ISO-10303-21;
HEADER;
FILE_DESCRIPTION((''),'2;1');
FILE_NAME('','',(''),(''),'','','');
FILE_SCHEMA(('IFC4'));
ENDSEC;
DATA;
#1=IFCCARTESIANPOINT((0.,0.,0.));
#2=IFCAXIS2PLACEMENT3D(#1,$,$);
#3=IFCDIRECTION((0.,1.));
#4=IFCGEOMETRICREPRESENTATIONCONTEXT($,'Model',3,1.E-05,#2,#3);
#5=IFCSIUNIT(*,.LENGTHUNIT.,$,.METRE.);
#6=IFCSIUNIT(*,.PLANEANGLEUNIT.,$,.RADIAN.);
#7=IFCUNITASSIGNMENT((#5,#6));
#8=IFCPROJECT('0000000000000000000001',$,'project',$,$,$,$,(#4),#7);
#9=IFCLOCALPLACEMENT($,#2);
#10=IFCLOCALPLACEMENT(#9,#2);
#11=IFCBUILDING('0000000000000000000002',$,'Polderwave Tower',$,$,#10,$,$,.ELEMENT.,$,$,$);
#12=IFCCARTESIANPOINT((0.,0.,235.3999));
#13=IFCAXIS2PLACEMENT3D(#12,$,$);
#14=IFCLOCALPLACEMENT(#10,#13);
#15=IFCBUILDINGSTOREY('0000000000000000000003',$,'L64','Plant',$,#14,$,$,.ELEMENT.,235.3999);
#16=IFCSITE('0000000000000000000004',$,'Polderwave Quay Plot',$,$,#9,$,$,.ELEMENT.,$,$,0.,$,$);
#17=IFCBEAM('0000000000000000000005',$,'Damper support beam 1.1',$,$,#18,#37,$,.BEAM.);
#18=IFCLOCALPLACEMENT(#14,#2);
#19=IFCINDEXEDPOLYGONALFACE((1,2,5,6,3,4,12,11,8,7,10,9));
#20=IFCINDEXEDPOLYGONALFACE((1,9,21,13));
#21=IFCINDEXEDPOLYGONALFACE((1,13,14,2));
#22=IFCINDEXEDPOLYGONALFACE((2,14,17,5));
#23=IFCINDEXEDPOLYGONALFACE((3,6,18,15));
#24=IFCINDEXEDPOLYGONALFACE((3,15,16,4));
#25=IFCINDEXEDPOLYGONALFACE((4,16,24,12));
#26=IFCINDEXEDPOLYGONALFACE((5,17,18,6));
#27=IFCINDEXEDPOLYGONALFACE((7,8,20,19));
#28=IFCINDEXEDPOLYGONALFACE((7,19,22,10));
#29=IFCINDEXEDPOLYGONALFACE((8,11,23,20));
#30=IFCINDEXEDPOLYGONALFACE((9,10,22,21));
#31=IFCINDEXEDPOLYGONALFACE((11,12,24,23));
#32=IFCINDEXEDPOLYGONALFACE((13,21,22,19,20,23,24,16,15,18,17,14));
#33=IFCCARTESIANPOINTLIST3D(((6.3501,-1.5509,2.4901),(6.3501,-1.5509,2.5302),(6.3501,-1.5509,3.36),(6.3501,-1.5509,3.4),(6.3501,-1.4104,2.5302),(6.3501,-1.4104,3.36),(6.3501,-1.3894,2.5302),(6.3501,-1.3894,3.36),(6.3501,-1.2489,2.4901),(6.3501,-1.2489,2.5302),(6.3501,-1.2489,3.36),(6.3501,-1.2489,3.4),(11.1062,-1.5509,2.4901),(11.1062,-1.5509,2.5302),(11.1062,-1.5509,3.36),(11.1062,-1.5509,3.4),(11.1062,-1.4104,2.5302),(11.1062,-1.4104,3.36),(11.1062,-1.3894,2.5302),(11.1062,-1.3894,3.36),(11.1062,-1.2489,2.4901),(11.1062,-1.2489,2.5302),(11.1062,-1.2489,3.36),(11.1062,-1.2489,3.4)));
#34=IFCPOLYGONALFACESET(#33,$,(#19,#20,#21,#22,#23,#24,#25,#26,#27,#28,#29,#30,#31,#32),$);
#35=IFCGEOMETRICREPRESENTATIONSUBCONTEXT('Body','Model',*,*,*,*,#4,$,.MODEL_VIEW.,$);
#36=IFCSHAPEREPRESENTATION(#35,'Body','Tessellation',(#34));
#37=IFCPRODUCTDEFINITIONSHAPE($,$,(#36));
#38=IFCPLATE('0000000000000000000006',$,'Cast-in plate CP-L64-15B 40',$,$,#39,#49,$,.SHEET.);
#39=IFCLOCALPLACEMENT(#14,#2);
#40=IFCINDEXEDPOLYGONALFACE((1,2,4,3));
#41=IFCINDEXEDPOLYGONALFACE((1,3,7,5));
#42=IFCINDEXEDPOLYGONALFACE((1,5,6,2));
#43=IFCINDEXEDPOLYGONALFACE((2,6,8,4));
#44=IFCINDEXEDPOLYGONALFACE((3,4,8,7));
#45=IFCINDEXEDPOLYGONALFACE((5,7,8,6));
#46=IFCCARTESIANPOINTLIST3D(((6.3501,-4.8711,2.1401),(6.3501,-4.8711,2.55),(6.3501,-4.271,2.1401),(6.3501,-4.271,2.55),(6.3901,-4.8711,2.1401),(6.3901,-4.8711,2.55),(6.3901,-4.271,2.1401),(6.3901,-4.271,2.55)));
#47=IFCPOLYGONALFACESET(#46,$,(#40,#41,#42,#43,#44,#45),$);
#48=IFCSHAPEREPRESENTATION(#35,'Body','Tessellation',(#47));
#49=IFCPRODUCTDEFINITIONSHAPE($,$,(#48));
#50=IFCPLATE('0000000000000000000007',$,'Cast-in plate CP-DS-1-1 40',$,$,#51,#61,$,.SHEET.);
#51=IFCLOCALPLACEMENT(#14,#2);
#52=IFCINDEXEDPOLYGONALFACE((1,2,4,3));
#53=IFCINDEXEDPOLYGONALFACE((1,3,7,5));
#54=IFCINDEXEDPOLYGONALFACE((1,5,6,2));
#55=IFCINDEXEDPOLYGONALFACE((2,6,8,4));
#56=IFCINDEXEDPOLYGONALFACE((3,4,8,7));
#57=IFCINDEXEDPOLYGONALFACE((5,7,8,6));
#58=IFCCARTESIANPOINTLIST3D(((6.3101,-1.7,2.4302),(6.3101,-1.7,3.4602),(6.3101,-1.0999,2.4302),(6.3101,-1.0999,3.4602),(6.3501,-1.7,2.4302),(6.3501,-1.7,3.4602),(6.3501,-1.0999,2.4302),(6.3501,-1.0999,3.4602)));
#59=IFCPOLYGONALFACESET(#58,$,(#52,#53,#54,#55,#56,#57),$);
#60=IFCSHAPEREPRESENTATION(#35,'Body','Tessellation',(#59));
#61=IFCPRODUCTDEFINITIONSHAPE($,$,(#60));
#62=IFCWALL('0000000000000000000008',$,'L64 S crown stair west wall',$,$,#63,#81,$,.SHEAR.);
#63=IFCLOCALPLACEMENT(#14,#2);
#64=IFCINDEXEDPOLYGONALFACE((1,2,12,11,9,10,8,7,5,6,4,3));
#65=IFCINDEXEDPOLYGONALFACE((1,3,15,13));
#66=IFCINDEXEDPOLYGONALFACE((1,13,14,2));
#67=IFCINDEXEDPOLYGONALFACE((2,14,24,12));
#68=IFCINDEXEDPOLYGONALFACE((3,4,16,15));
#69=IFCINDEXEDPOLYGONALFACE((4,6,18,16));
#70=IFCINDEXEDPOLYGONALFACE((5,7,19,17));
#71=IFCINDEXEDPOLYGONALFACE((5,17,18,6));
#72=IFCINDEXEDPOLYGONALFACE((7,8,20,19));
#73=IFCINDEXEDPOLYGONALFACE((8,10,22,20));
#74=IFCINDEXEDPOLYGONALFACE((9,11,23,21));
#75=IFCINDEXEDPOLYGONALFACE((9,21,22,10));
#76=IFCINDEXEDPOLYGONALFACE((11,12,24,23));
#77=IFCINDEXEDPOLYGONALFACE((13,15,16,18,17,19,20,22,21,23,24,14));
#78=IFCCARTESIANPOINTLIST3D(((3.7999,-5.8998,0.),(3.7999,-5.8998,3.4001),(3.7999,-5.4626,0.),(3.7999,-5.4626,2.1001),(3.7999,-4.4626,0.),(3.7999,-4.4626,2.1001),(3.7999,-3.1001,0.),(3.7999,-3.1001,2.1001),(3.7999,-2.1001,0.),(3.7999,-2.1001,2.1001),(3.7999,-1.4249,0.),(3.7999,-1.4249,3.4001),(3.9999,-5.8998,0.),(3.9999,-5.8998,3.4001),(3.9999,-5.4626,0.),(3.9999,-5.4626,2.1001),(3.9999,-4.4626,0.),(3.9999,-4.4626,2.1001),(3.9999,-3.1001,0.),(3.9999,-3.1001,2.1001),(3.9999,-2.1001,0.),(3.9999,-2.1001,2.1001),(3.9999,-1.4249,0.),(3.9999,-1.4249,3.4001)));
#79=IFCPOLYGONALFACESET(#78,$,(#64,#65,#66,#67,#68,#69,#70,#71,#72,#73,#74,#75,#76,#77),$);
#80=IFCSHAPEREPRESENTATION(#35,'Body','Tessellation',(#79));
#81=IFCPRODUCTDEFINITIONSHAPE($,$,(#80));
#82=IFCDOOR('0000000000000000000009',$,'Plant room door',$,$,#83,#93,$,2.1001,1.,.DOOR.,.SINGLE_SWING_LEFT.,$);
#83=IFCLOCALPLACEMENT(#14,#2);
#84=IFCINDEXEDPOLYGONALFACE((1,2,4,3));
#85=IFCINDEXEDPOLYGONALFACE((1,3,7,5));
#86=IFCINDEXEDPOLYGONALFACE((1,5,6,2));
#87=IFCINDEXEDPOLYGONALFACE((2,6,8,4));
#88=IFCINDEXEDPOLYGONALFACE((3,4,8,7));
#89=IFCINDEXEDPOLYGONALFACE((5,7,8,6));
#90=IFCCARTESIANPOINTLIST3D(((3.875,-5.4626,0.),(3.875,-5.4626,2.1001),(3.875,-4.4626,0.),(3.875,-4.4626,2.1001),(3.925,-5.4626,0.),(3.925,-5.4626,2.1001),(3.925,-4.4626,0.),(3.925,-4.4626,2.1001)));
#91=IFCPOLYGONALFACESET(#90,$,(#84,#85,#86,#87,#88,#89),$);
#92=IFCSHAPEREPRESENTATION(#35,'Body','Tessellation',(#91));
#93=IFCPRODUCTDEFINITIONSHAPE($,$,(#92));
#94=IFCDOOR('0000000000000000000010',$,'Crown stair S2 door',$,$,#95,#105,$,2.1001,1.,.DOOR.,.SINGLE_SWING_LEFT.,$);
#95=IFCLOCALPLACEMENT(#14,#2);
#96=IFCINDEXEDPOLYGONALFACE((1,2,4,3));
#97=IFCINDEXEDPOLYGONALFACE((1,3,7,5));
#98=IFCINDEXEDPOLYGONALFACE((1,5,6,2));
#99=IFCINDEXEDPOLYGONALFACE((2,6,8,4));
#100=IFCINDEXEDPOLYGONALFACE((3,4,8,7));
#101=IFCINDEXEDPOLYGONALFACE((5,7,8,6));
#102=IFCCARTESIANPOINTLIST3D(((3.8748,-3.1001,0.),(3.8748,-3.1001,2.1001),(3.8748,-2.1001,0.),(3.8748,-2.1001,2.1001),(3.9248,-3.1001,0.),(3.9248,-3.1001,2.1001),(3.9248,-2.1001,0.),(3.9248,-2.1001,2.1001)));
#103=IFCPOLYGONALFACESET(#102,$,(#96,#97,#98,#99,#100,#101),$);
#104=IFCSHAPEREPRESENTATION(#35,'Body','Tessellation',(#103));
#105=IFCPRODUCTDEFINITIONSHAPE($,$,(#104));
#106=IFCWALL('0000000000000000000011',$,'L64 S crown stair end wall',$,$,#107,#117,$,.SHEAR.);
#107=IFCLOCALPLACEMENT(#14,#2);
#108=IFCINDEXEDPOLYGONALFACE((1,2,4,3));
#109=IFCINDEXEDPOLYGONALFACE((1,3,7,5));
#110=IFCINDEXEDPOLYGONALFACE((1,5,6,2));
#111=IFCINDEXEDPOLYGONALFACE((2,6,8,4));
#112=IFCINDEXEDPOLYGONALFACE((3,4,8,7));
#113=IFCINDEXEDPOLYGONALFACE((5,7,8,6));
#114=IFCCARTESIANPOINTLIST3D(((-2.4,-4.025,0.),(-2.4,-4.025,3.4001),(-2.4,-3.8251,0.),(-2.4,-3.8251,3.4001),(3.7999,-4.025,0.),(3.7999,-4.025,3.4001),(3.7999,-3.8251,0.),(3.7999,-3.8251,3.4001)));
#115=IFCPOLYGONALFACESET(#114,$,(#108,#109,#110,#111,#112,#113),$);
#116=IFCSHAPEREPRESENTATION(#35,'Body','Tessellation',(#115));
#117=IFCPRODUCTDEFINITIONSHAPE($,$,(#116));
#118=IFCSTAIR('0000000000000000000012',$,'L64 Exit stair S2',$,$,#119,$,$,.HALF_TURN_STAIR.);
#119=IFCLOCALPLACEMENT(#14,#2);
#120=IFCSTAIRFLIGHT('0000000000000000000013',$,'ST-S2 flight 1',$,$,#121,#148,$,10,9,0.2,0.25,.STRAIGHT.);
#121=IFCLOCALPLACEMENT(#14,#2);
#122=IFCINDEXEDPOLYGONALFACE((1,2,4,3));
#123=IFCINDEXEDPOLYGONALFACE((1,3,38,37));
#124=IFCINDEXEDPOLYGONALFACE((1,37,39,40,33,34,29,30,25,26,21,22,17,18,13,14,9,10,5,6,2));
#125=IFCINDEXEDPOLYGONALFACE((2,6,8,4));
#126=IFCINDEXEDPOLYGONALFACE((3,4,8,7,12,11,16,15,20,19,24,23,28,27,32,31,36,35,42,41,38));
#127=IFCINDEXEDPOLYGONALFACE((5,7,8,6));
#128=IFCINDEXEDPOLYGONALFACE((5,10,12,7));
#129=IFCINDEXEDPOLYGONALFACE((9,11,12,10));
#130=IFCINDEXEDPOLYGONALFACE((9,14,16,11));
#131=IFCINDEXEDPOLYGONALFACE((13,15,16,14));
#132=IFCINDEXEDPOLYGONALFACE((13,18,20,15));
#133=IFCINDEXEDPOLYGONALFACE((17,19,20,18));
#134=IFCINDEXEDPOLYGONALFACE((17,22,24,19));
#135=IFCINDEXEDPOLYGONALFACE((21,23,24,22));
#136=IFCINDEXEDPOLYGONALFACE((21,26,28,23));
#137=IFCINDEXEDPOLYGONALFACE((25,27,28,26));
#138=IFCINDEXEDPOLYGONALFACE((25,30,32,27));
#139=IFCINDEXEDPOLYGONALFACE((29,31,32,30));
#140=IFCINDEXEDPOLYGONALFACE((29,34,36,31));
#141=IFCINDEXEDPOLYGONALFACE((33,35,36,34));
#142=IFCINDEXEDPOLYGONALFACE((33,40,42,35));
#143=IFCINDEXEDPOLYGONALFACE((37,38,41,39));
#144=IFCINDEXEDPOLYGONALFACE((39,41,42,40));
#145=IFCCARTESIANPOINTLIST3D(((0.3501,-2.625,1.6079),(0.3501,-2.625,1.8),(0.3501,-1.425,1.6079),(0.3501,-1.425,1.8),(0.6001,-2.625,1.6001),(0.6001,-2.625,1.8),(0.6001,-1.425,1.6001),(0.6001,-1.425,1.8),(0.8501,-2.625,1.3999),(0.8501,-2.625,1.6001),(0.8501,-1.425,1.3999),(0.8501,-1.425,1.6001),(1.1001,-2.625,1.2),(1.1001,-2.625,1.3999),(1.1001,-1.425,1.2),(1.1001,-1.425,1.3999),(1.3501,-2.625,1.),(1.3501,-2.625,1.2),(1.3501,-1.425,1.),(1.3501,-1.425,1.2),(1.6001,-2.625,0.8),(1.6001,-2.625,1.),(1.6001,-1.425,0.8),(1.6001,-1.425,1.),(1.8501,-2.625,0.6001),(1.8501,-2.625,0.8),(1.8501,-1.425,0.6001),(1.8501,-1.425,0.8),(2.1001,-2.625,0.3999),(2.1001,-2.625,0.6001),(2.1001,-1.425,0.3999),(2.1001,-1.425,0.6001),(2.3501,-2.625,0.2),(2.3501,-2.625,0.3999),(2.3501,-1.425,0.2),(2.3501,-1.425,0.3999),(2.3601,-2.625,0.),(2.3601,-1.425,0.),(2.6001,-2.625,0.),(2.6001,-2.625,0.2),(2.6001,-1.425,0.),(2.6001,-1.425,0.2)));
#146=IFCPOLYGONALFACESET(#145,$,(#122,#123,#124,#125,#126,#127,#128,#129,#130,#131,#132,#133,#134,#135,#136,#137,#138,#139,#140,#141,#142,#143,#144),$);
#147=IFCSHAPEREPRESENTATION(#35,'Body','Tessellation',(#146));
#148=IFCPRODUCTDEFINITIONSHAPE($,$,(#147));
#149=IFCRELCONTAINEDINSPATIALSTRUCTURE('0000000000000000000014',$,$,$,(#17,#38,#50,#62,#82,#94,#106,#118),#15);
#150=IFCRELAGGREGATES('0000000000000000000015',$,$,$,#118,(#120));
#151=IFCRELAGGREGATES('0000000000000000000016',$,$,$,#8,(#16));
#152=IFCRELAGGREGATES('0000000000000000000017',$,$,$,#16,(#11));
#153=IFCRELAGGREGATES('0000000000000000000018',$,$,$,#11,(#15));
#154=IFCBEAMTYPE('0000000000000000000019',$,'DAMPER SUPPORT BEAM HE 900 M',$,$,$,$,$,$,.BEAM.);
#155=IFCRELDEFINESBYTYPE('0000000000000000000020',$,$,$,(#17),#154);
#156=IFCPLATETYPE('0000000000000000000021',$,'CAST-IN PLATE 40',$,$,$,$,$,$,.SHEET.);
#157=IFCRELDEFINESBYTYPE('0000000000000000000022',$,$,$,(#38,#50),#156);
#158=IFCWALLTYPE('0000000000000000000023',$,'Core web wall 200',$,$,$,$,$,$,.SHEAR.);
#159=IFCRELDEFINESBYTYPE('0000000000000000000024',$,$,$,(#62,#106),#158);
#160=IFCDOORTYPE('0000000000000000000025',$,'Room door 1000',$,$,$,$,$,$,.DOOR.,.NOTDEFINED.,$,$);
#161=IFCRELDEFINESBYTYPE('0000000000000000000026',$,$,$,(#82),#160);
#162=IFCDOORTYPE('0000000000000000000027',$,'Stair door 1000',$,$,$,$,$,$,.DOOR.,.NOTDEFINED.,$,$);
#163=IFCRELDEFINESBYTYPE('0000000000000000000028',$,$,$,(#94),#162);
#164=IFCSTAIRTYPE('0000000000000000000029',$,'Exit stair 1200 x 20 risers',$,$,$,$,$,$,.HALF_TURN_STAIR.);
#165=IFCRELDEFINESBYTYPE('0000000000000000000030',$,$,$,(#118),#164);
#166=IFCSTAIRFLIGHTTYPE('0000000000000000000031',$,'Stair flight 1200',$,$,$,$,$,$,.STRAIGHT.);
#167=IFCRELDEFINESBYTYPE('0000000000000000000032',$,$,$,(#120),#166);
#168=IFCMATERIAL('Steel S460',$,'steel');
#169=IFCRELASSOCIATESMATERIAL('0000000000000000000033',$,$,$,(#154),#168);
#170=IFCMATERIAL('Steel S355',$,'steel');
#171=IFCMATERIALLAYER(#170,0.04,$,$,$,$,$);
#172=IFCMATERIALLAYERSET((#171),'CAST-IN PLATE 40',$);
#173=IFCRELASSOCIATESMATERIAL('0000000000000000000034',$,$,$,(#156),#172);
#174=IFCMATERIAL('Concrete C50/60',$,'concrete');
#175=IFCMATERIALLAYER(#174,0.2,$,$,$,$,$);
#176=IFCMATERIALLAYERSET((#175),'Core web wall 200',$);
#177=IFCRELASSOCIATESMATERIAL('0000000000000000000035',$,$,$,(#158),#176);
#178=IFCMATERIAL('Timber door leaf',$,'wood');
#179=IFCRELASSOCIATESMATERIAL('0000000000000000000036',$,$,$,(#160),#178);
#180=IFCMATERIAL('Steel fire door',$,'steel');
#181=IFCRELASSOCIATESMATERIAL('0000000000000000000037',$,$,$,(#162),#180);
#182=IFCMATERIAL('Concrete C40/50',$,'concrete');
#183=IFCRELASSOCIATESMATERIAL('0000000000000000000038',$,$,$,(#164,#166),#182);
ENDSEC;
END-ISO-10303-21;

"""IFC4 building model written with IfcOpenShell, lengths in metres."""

from ifc_helpers import new_model, si_unit, direction, frame, frame_2d, origin, origin_2d, place, context, subcontext, project, spatial, polyline, rectangle, i_section, outline, extrude, material, layer, layer_set, material_profile, profile_set, type_object, element, fill, aggregate, save


model = new_model("IFC4")

# Units and contexts
model_context = context("Model", 3, precision=1e-05, world=origin(), true_north=direction((0.0, 1.0)))
body_context = subcontext(model_context, "Body", "Model", "MODEL_VIEW")
ifc_project = project(units=[si_unit("LENGTHUNIT", "METRE"), si_unit("PLANEANGLEUNIT", "RADIAN")], contexts=[model_context])

# Site, building, storey
site_placement = place(None, origin())
site = spatial("IfcSite", under=ifc_project, at=site_placement, Name="Polderwave Quay Plot", CompositionType="ELEMENT", RefElevation=0.0)
building_placement = place(site_placement, origin())
building = spatial("IfcBuilding", under=site, at=building_placement, Name="Polderwave Tower", CompositionType="ELEMENT")
storey_placement = place(building_placement, frame((0.0, 0.0, 235.3999)))
storey = spatial("IfcBuildingStorey", under=building, at=storey_placement, Name="L64", Description="Plant", CompositionType="ELEMENT", Elevation=235.3999)

# Beam
ifc_material_1 = material(Name="Steel S460", Category="steel")
ifc_material_profile = material_profile(ifc_material_1, i_section(OverallWidth=0.302, OverallDepth=0.9099, WebThickness=0.021, FlangeThickness=0.04, at=origin_2d()), Name="HE 900 M")
ifc_profile_set = profile_set([ifc_material_profile], Name="Steel S460")
beam_type = type_object("IfcBeamType", Name="DAMPER SUPPORT BEAM HE 900 M", PredefinedType="BEAM", material=ifc_profile_set)
beam_placement = place(storey_placement, frame((6.3501, -1.3999, 2.9451), z_axis=(1.0, 0.0, 0.0), x_axis=(0.0, 1.0, 0.0)))
element("IfcBeam", 1, at=beam_placement, inside=storey, type_object=beam_type, Name="Damper support beam 1.1", PredefinedType="BEAM", context=body_context, shape_type="SweptSolid", body=[
    extrude(i_section(OverallWidth=0.302, OverallDepth=0.9099, WebThickness=0.021, FlangeThickness=0.04, at=origin_2d()), origin(), (0.0, 0.0, 1.0), 4.7561),
])

# Plates
ifc_material_2 = material(Name="Steel S355", Category="steel")
ifc_layer_1 = layer(ifc_material_2, 0.04)
ifc_layer_set_1 = layer_set([ifc_layer_1], Name="CAST-IN PLATE 40")
plate_type = type_object("IfcPlateType", Name="CAST-IN PLATE 40", PredefinedType="SHEET", material=ifc_layer_set_1)
plate_1_placement = place(storey_placement, frame((6.3701, -4.571, 2.1401), z_axis=(0.0, 0.0, 1.0), x_axis=(1.0, 0.0, 0.0)))
element("IfcPlate", 2, at=plate_1_placement, inside=storey, type_object=plate_type, Name="Cast-in plate CP-L64-15B 40", PredefinedType="SHEET", context=body_context, shape_type="SweptSolid", body=[
    extrude(rectangle(XDim=0.04, YDim=0.6001, at=origin_2d()), origin(), (0.0, 0.0, 1.0), 0.4099),
])
plate_2_placement = place(storey_placement, frame((6.3301, -1.3999, 2.4302), z_axis=(0.0, 0.0, 1.0), x_axis=(1.0, 0.0, 0.0)))
element("IfcPlate", 3, at=plate_2_placement, inside=storey, type_object=plate_type, Name="Cast-in plate CP-DS-1-1 40", PredefinedType="SHEET", context=body_context, shape_type="SweptSolid", body=[
    extrude(rectangle(XDim=0.04, YDim=0.6001, at=origin_2d()), origin(), (0.0, 0.0, 1.0), 1.03),
])

# Wall, openings, doors
ifc_material_3 = material(Name="Concrete C50/60", Category="concrete")
ifc_layer_2 = layer(ifc_material_3, 0.2)
ifc_layer_set_2 = layer_set([ifc_layer_2], Name="Core web wall 200")
wall_type = type_object("IfcWallType", Name="Core web wall 200", PredefinedType="SHEAR", material=ifc_layer_set_2)
wall_1_placement = place(storey_placement, frame((3.8999, -1.425, 0.0), z_axis=(0.0, 0.0, 1.0), x_axis=(0.0, -1.0, 0.0)))
wall_1 = element("IfcWall", 4, at=wall_1_placement, inside=storey, type_object=wall_type, Name="L64 S crown stair west wall", PredefinedType="SHEAR", context=body_context, shape_type="SweptSolid", body=[
    extrude(rectangle(XDim=4.4749, YDim=0.2, at=frame_2d((2.2373, 0.0))), origin(), (0.0, 0.0, 1.0), 3.4001),
])
opening_1_placement = place(wall_1_placement, frame((0.675, 0.0, 0.0)))
opening_1 = element("IfcOpeningElement", 5, at=opening_1_placement, cuts=wall_1, PredefinedType="OPENING", context=body_context, shape_type="SweptSolid", body=[
    extrude(rectangle(XDim=1.0, YDim=2.1001, at=frame_2d((0.5, 1.05))), frame((0.0, 0.1099, 0.0), z_axis=(0.0, -1.0, 0.0), x_axis=(1.0, 0.0, 0.0)), (0.0, 0.0, 1.0), 0.22),
])
opening_2_placement = place(wall_1_placement, frame((3.0376, 0.0, 0.0)))
opening_2 = element("IfcOpeningElement", 6, at=opening_2_placement, cuts=wall_1, PredefinedType="OPENING", context=body_context, shape_type="SweptSolid", body=[
    extrude(rectangle(XDim=1.0, YDim=2.1001, at=frame_2d((0.5, 1.05))), frame((0.0, 0.1099, 0.0), z_axis=(0.0, -1.0, 0.0), x_axis=(1.0, 0.0, 0.0)), (0.0, 0.0, 1.0), 0.22),
])
ifc_material_4 = material(Name="Timber door leaf", Category="wood")
door_type_1 = type_object("IfcDoorType", Name="Room door 1000", OperationType="NOTDEFINED", PredefinedType="DOOR", material=ifc_material_4)
door_1_placement = place(opening_2_placement, frame((1.0, 0.0, 0.0), z_axis=(0.0, 0.0, 1.0), x_axis=(-1.0, 0.0, 0.0)))
door_1 = element("IfcDoor", 7, at=door_1_placement, inside=storey, type_object=door_type_1, Name="Plant room door", OperationType="SINGLE_SWING_LEFT", OverallHeight=2.1001, OverallWidth=1.0, PredefinedType="DOOR", context=body_context, shape_type="SweptSolid", body=[
    extrude(rectangle(XDim=1.0, YDim=2.1001, at=frame_2d((0.5, 1.05))), frame((0.0, 0.0249, 0.0), z_axis=(0.0, -1.0, 0.0), x_axis=(1.0, 0.0, 0.0)), (0.0, 0.0, 1.0), 0.05),
])
fill(opening_2, door_1)
ifc_material_5 = material(Name="Steel fire door", Category="steel")
door_type_2 = type_object("IfcDoorType", Name="Stair door 1000", OperationType="NOTDEFINED", PredefinedType="DOOR", material=ifc_material_5)
door_2_placement = place(opening_1_placement, origin())
door_2 = element("IfcDoor", 8, at=door_2_placement, inside=storey, type_object=door_type_2, Name="Crown stair S2 door", OperationType="SINGLE_SWING_LEFT", OverallHeight=2.1001, OverallWidth=1.0, PredefinedType="DOOR", context=body_context, shape_type="SweptSolid", body=[
    extrude(rectangle(XDim=1.0, YDim=2.1001, at=frame_2d((0.5, 1.05))), frame((0.0, 0.0249, 0.0), z_axis=(0.0, -1.0, 0.0), x_axis=(1.0, 0.0, 0.0)), (0.0, 0.0, 1.0), 0.05),
])
fill(opening_1, door_2)

# Wall
wall_2_placement = place(storey_placement, frame((3.8, -3.925, 0.0), z_axis=(0.0, 0.0, 1.0), x_axis=(-1.0, 0.0, 0.0)))
element("IfcWall", 9, at=wall_2_placement, inside=storey, type_object=wall_type, Name="L64 S crown stair end wall", PredefinedType="SHEAR", context=body_context, shape_type="SweptSolid", body=[
    extrude(rectangle(XDim=6.2, YDim=0.2, at=frame_2d((3.1001, 0.0))), origin(), (0.0, 0.0, 1.0), 3.4001),
])

# Stair, stair flight
ifc_material_6 = material(Name="Concrete C40/50", Category="concrete")
stair_type = type_object("IfcStairType", Name="Exit stair 1200 x 20 risers", PredefinedType="HALF_TURN_STAIR", material=ifc_material_6)
stair_placement = place(storey_placement, origin())
stair = element("IfcStair", 10, at=stair_placement, inside=storey, type_object=stair_type, Name="L64 Exit stair S2", PredefinedType="HALF_TURN_STAIR")
stair_flight_type = type_object("IfcStairFlightType", Name="Stair flight 1200", PredefinedType="STRAIGHT", material=ifc_material_6)
stair_flight_1_placement = place(storey_placement, frame((2.6001, -2.0249, 0.0), z_axis=(0.0, 0.0, 1.0), x_axis=(-1.0, 0.0, 0.0)))
stair_flight_1 = element("IfcStairFlight", 11, at=stair_flight_1_placement, type_object=stair_flight_type, Name="ST-S2 flight 1", NumberOfRisers=10, NumberOfTreads=9, PredefinedType="STRAIGHT", RiserHeight=0.2, TreadLength=0.25, context=body_context, shape_type="SweptSolid", body=[
    extrude(outline(polyline([(0.0, 0.0), (0.0, 0.2), (0.25, 0.2), (0.25, 0.3999), (0.5, 0.3999), (0.5, 0.6001), (0.75, 0.6001), (0.75, 0.8), (1.0, 0.8), (1.0, 1.0), (1.25, 1.0), (1.25, 1.2), (1.5, 1.2), (1.5, 1.3999), (1.75, 1.3999), (1.75, 1.6001), (2.0, 1.6001), (2.0, 1.8), (2.25, 1.8), (2.25, 2.0), (2.25, 1.6079), (0.24, 0.0), (0.0, 0.0)])), frame((0.0, 0.6001, 0.0), z_axis=(0.0, -1.0, 0.0), x_axis=(1.0, 0.0, 0.0)), (0.0, 0.0, 1.0), 1.2),
])
aggregate(stair, [stair_flight_1])

save(model, "model.ifc")
